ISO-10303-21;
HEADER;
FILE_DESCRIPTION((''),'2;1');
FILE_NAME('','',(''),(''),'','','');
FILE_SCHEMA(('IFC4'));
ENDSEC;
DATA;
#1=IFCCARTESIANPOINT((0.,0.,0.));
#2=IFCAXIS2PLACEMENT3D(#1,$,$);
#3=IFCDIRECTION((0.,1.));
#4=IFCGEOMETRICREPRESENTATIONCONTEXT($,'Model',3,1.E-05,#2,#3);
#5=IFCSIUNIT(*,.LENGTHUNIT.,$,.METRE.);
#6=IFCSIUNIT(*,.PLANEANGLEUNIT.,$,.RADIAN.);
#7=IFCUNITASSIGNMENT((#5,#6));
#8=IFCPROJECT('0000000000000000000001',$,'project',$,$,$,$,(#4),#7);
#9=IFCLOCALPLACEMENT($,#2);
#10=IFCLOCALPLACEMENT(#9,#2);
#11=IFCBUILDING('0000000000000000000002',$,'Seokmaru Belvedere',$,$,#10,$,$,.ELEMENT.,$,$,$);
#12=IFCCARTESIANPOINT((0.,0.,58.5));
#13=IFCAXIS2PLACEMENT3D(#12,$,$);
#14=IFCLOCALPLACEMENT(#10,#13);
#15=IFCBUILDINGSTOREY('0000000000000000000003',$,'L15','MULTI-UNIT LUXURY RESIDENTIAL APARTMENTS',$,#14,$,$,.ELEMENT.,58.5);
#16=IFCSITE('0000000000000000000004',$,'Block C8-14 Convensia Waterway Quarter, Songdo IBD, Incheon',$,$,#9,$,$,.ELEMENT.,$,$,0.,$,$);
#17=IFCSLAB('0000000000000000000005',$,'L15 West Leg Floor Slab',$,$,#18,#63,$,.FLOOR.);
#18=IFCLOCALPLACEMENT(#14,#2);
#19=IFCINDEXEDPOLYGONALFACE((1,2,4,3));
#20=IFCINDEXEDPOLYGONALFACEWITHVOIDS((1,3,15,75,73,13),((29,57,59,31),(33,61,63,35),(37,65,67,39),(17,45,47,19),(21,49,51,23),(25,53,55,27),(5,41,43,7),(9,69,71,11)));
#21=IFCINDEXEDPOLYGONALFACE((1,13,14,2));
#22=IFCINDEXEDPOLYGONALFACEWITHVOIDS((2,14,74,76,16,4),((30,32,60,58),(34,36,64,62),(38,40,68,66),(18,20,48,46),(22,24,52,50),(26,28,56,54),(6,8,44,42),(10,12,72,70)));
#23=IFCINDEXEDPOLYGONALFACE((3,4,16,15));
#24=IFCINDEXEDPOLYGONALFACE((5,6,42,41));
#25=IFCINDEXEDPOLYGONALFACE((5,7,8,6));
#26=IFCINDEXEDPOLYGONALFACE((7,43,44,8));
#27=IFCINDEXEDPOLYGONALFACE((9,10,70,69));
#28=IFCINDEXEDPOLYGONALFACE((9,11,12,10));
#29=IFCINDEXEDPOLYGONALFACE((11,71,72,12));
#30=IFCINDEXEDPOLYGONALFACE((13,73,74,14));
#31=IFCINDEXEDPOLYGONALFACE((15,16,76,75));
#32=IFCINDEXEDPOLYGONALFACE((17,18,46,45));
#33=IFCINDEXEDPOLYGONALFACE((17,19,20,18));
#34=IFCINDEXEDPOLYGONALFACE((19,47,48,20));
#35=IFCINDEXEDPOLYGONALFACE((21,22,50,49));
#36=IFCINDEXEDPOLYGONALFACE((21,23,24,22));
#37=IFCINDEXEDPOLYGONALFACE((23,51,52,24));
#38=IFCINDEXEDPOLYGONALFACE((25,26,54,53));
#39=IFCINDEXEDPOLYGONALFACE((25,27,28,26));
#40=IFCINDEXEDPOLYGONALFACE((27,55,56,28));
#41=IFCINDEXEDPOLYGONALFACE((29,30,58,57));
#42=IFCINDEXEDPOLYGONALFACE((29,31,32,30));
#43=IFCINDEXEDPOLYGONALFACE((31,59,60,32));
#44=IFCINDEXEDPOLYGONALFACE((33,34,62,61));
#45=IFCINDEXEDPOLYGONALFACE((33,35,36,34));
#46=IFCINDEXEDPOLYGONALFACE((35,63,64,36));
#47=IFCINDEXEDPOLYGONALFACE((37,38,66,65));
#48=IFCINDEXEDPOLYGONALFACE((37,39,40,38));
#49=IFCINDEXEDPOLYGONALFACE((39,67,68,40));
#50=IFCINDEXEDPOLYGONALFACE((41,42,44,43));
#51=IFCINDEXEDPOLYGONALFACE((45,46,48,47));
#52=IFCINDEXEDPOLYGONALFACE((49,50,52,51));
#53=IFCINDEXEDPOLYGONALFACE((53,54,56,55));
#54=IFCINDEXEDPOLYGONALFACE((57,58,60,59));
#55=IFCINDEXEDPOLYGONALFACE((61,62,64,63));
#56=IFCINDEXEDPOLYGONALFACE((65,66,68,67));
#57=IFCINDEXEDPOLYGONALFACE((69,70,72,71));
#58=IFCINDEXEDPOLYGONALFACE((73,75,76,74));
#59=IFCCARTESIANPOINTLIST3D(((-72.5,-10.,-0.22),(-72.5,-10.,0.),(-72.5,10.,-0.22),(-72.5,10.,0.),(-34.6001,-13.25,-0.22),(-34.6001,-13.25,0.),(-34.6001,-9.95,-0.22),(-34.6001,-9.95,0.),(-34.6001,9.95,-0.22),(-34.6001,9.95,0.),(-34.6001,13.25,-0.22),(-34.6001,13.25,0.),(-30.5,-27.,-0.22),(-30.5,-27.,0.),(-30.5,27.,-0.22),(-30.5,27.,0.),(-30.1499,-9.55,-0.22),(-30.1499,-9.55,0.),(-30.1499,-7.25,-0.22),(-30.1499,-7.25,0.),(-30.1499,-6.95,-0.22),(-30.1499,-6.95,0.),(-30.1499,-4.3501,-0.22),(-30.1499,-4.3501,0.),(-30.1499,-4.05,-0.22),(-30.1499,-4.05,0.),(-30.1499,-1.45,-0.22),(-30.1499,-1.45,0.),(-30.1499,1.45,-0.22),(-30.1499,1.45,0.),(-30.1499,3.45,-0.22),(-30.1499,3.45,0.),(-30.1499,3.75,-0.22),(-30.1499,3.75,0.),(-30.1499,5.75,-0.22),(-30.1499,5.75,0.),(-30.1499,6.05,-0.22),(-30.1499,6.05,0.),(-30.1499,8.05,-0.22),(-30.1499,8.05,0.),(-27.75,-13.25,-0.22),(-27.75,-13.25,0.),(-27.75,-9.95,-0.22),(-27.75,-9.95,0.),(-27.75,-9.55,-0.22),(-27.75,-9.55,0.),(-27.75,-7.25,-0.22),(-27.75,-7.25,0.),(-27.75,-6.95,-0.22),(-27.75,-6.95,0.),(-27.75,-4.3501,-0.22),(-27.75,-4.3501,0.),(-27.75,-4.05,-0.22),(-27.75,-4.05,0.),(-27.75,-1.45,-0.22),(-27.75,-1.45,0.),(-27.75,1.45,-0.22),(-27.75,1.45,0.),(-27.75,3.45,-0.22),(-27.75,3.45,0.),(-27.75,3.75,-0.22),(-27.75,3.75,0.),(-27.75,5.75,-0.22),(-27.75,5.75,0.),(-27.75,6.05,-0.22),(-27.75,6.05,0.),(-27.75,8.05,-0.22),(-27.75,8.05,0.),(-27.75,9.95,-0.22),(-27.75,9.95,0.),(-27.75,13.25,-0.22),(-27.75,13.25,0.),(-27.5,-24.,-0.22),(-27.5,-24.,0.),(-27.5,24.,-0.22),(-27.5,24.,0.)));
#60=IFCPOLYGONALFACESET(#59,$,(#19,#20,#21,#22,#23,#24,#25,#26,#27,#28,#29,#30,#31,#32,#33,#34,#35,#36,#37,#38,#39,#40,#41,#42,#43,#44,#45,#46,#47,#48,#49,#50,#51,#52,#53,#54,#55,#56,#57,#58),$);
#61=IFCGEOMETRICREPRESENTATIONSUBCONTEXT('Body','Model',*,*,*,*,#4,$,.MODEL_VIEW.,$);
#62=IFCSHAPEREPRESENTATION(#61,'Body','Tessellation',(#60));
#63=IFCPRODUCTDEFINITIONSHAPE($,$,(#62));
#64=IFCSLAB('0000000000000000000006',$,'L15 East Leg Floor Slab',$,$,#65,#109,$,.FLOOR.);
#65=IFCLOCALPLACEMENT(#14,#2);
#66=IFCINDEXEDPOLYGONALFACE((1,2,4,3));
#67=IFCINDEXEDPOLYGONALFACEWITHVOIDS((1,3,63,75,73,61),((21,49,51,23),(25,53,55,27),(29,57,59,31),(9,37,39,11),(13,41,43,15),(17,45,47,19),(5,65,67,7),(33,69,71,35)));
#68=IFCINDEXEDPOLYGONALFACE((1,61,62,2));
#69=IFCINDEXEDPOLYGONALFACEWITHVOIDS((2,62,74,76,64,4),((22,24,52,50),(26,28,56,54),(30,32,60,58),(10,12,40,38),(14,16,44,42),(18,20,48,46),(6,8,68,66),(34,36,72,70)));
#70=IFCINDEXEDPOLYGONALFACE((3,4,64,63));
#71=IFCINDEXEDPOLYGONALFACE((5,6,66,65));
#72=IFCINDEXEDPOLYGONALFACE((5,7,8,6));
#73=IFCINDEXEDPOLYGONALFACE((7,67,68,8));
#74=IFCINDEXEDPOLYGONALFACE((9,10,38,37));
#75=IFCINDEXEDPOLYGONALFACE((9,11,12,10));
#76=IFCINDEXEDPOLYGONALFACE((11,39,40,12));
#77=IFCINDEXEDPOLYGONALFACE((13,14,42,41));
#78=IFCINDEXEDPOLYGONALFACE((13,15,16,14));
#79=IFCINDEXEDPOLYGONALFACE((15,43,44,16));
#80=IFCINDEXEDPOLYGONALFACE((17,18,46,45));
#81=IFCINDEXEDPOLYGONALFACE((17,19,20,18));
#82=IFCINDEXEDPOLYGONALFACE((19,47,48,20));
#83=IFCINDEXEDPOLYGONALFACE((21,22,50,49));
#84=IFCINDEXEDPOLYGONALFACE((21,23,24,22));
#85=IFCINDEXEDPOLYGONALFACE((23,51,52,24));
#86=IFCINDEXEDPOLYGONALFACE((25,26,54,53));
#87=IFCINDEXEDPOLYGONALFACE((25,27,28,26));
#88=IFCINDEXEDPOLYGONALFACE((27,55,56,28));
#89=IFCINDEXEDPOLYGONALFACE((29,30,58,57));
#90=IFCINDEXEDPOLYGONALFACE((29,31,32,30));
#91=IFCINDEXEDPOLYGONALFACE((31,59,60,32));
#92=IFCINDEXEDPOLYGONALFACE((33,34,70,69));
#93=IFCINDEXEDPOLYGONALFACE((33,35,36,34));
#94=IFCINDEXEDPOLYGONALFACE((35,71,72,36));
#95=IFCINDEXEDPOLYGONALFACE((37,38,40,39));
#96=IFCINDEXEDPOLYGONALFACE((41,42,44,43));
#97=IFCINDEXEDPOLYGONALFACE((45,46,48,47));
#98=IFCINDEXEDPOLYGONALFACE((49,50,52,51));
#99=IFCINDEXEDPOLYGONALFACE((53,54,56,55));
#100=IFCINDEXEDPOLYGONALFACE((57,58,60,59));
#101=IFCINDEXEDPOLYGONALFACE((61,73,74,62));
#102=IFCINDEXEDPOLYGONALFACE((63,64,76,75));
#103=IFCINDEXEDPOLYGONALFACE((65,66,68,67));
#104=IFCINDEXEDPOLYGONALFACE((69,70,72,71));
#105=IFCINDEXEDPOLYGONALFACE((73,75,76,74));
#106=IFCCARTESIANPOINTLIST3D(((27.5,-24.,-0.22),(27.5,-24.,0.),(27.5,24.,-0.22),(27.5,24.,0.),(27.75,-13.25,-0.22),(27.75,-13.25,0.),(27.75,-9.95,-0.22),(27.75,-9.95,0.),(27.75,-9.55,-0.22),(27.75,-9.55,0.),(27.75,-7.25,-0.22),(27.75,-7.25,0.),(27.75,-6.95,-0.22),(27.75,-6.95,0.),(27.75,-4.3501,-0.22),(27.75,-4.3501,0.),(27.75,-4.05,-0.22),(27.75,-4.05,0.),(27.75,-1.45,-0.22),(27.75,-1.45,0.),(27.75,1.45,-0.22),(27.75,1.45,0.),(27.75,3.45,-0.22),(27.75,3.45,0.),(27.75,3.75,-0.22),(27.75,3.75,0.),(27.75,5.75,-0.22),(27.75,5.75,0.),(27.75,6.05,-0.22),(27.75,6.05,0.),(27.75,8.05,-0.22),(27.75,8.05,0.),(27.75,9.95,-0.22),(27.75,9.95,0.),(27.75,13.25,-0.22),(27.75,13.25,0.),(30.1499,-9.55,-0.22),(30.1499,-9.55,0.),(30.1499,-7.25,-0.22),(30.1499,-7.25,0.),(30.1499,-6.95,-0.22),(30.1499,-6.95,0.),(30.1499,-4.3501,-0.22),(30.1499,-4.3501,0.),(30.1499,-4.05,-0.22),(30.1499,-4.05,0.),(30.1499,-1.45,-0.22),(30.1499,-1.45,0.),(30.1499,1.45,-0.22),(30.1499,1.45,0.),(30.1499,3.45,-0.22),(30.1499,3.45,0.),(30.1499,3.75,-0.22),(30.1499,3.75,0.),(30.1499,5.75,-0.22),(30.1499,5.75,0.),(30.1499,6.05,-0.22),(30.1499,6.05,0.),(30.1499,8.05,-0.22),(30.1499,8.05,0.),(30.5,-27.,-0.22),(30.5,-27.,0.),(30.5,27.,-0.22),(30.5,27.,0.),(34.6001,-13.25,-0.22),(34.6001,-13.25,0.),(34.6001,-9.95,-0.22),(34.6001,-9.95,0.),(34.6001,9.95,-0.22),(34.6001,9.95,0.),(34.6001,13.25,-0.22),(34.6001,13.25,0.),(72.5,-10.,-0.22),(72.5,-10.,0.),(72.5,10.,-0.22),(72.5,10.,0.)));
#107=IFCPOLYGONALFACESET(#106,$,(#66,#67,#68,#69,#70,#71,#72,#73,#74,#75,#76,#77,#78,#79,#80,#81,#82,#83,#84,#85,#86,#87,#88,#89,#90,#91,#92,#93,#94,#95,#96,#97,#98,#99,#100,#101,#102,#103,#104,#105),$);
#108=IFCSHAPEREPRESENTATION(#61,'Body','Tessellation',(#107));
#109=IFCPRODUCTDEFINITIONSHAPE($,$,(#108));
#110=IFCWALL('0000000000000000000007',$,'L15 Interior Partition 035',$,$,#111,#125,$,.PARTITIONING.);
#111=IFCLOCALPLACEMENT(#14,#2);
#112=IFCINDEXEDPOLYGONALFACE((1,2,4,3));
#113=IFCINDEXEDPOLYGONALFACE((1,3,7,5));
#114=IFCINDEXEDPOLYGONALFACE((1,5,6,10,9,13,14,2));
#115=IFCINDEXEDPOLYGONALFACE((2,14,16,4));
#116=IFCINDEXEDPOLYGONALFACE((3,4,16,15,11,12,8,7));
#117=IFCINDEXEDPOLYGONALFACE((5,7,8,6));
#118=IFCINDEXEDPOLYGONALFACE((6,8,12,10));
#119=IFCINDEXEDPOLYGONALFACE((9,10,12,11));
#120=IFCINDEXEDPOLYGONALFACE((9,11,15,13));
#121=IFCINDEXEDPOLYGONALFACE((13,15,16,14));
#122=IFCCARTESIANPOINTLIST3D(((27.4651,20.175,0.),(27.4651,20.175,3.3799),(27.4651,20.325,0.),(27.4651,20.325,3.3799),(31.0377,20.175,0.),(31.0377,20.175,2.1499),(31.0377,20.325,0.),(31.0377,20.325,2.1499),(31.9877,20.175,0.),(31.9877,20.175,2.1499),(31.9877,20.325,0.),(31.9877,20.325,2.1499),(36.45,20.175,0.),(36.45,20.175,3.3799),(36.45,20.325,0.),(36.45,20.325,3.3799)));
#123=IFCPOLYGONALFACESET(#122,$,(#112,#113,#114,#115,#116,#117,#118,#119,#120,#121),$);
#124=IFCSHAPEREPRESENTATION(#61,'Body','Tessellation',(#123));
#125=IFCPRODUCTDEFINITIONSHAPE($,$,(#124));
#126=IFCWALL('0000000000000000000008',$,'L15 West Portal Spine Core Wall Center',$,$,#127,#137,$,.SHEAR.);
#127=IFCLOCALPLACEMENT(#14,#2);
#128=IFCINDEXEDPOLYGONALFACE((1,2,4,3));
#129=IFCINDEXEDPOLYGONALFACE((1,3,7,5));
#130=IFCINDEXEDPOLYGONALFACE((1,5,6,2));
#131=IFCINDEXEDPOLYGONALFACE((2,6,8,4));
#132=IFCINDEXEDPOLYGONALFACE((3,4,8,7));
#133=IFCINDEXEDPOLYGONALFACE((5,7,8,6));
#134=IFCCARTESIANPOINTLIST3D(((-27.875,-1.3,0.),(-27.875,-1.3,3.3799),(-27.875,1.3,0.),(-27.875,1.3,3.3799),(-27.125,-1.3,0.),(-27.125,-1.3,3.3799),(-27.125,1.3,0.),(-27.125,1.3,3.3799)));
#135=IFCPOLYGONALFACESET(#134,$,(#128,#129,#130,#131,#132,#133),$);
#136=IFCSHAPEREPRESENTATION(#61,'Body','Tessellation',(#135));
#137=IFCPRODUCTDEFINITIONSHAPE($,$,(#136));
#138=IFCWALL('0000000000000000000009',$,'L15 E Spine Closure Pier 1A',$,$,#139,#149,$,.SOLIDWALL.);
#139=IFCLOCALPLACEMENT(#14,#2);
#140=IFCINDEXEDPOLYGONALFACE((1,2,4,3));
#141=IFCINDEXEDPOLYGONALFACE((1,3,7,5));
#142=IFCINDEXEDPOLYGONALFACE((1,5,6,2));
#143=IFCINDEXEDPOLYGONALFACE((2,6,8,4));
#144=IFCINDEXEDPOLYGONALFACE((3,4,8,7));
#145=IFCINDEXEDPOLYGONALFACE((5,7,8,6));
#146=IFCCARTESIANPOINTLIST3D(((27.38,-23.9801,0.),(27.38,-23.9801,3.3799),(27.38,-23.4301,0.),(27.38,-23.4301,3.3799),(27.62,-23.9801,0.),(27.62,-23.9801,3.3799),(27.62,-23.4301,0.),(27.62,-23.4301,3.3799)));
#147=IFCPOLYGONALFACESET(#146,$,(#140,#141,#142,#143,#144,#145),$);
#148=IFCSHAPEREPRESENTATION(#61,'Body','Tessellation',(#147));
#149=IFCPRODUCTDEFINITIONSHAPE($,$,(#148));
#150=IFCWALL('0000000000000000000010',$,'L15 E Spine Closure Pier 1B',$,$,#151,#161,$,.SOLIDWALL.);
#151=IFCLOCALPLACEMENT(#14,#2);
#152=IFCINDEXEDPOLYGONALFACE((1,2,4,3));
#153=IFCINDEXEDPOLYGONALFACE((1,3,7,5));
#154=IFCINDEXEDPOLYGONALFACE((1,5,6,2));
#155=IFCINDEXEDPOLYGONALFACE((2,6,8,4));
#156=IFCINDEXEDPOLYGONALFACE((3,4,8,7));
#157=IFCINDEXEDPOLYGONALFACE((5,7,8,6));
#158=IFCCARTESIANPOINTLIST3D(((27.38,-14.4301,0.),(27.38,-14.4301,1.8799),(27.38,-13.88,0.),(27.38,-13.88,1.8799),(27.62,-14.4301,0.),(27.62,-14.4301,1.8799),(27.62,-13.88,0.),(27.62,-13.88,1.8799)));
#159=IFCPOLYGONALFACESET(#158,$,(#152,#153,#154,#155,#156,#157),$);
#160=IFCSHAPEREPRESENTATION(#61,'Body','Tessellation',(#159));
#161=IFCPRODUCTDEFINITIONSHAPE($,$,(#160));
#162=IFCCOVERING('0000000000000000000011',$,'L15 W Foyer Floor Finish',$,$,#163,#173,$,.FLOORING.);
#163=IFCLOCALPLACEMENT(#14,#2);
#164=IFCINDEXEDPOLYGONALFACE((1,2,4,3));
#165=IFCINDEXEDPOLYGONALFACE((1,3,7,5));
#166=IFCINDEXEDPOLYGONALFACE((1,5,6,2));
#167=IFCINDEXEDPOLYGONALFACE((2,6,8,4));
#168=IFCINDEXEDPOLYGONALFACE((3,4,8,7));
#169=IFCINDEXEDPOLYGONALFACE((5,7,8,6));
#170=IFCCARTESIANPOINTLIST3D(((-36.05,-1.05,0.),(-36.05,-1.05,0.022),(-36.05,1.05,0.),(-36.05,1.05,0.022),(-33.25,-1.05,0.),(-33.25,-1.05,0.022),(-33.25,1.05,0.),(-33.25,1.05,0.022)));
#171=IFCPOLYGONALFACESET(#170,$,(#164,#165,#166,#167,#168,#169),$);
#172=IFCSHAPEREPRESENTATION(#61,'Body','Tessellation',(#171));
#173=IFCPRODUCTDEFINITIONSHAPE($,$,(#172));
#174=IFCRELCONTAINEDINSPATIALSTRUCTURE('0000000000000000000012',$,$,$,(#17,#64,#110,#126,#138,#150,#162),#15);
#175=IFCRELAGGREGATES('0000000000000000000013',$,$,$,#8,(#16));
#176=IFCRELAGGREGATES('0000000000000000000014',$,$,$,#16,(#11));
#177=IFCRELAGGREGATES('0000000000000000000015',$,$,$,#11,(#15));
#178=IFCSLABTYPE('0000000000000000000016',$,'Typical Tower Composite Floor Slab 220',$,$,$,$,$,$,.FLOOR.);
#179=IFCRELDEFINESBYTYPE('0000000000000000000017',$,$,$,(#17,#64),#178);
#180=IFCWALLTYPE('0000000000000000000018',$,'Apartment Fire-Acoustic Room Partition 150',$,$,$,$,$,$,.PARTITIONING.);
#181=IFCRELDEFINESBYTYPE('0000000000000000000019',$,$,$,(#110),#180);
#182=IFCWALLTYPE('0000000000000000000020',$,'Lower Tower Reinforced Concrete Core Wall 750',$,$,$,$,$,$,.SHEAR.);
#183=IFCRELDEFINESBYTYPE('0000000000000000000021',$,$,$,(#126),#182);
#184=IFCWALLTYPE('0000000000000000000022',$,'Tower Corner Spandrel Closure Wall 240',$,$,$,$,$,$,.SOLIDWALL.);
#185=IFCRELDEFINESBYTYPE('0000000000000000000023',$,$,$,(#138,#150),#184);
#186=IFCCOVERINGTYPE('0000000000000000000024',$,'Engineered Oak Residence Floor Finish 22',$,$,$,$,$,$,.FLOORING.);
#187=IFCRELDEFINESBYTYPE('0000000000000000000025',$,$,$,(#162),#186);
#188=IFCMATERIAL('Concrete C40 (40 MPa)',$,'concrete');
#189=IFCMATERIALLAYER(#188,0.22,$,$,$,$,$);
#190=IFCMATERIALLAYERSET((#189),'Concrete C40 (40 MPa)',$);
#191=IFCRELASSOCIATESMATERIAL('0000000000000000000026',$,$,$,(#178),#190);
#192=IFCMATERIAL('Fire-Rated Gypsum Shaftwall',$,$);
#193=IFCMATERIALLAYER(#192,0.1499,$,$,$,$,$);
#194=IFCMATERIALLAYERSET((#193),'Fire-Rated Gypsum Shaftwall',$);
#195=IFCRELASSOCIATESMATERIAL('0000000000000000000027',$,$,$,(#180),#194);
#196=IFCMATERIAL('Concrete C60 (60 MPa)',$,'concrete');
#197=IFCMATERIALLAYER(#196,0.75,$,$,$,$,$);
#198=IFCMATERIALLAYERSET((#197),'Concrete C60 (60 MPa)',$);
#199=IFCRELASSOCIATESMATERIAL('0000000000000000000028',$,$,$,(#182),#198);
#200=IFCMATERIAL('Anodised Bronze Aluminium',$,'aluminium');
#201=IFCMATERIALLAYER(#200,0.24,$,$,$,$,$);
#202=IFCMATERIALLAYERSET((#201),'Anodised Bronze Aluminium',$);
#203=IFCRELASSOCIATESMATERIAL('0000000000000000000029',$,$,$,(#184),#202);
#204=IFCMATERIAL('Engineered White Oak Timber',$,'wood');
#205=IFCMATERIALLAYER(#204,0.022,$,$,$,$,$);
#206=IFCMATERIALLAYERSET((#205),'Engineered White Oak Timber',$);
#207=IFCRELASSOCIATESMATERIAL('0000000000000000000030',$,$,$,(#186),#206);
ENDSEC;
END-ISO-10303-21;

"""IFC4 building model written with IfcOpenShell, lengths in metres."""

from ifc_helpers import new_model, si_unit, direction, frame, frame_2d, origin, place, context, subcontext, project, spatial, polyline, rectangle, outline, extrude, material, layer, layer_set, type_object, element, save


model = new_model("IFC4")

# Units and contexts
model_context = context("Model", 3, precision=1e-05, world=origin(), true_north=direction((0.0, 1.0)))
body_context = subcontext(model_context, "Body", "Model", "MODEL_VIEW")
ifc_project = project(units=[si_unit("LENGTHUNIT", "METRE"), si_unit("PLANEANGLEUNIT", "RADIAN")], contexts=[model_context])

# Site, building, storey
site_placement = place(None, origin())
site = spatial("IfcSite", under=ifc_project, at=site_placement, Name="Block C8-14 Convensia Waterway Quarter, Songdo IBD, Incheon", CompositionType="ELEMENT", RefElevation=0.0)
building_placement = place(site_placement, origin())
building = spatial("IfcBuilding", under=site, at=building_placement, Name="Seokmaru Belvedere", CompositionType="ELEMENT")
storey_placement = place(building_placement, frame((0.0, 0.0, 58.5)))
storey = spatial("IfcBuildingStorey", under=building, at=storey_placement, Name="L15", Description="MULTI-UNIT LUXURY RESIDENTIAL APARTMENTS", CompositionType="ELEMENT", Elevation=58.5)

# Shared definitions
ifc_material_1 = material(Name="Anodised Bronze Aluminium", Category="aluminium")

# Shared definitions
ifc_material_2 = material(Name="Concrete C40 (40 MPa)", Category="concrete")

# Slabs
ifc_layer_1 = layer(ifc_material_2, 0.22)
ifc_layer_set_1 = layer_set([ifc_layer_1], Name="Concrete C40 (40 MPa)")
slab_type_1 = type_object("IfcSlabType", Name="Typical Tower Composite Floor Slab 220", PredefinedType="FLOOR", material=ifc_layer_set_1)
slab_1_placement = place(storey_placement, frame((0.0, 0.0, -0.22)))
element("IfcSlab", 1, at=slab_1_placement, inside=storey, type_object=slab_type_1, Name="L15 West Leg Floor Slab", PredefinedType="FLOOR", context=body_context, shape_type="SweptSolid", body=[
    extrude(outline(polyline([(-27.5, -24.0), (-27.5, 24.0), (-30.5, 27.0), (-72.5, 10.0), (-72.5, -10.0), (-30.5, -27.0), (-27.5, -24.0)]), holes=[polyline([(-34.6001, -13.25), (-27.75, -13.25), (-27.75, -9.95), (-34.6001, -9.95), (-34.6001, -13.25)]), polyline([(-34.6001, 9.95), (-27.75, 9.95), (-27.75, 13.25), (-34.6001, 13.25), (-34.6001, 9.95)]), polyline([(-30.1499, -9.55), (-27.75, -9.55), (-27.75, -7.25), (-30.1499, -7.25), (-30.1499, -9.55)]), polyline([(-30.1499, -6.95), (-27.75, -6.95), (-27.75, -4.3501), (-30.1499, -4.3501), (-30.1499, -6.95)]), polyline([(-30.1499, -4.05), (-27.75, -4.05), (-27.75, -1.45), (-30.1499, -1.45), (-30.1499, -4.05)]), polyline([(-30.1499, 1.45), (-27.75, 1.45), (-27.75, 3.45), (-30.1499, 3.45), (-30.1499, 1.45)]), polyline([(-30.1499, 3.75), (-27.75, 3.75), (-27.75, 5.75), (-30.1499, 5.75), (-30.1499, 3.75)]), polyline([(-30.1499, 6.05), (-27.75, 6.05), (-27.75, 8.05), (-30.1499, 8.05), (-30.1499, 6.05)])]), origin(), (0.0, 0.0, 1.0), 0.22),
])
slab_2_placement = place(storey_placement, frame((0.0, 0.0, -0.22)))
element("IfcSlab", 2, at=slab_2_placement, inside=storey, type_object=slab_type_1, Name="L15 East Leg Floor Slab", PredefinedType="FLOOR", context=body_context, shape_type="SweptSolid", body=[
    extrude(outline(polyline([(30.5, -27.0), (72.5, -10.0), (72.5, 10.0), (30.5, 27.0), (27.5, 24.0), (27.5, -24.0), (30.5, -27.0)]), holes=[polyline([(27.75, -13.25), (34.6001, -13.25), (34.6001, -9.95), (27.75, -9.95), (27.75, -13.25)]), polyline([(27.75, 9.95), (34.6001, 9.95), (34.6001, 13.25), (27.75, 13.25), (27.75, 9.95)]), polyline([(27.75, -9.55), (30.1499, -9.55), (30.1499, -7.25), (27.75, -7.25), (27.75, -9.55)]), polyline([(27.75, -6.95), (30.1499, -6.95), (30.1499, -4.3501), (27.75, -4.3501), (27.75, -6.95)]), polyline([(27.75, -4.05), (30.1499, -4.05), (30.1499, -1.45), (27.75, -1.45), (27.75, -4.05)]), polyline([(27.75, 1.45), (30.1499, 1.45), (30.1499, 3.45), (27.75, 3.45), (27.75, 1.45)]), polyline([(27.75, 3.75), (30.1499, 3.75), (30.1499, 5.75), (27.75, 5.75), (27.75, 3.75)]), polyline([(27.75, 6.05), (30.1499, 6.05), (30.1499, 8.05), (27.75, 8.05), (27.75, 6.05)])]), origin(), (0.0, 0.0, 1.0), 0.22),
])

# Wall, opening
ifc_material_3 = material(Name="Fire-Rated Gypsum Shaftwall")
ifc_layer_2 = layer(ifc_material_3, 0.1499)
ifc_layer_set_2 = layer_set([ifc_layer_2], Name="Fire-Rated Gypsum Shaftwall")
wall_type_1 = type_object("IfcWallType", Name="Apartment Fire-Acoustic Room Partition 150", PredefinedType="PARTITIONING", material=ifc_layer_set_2)
wall_1_placement = place(storey_placement, frame((27.4651, 20.25, 0.0), z_axis=(0.0, 0.0, 1.0), x_axis=(1.0, 0.0, 0.0)))
wall_1 = element("IfcWall", 3, at=wall_1_placement, inside=storey, type_object=wall_type_1, Name="L15 Interior Partition 035", PredefinedType="PARTITIONING", context=body_context, shape_type="SweptSolid", body=[
    extrude(rectangle(XDim=8.9849, YDim=0.1499, at=frame_2d((4.4924, 0.0))), origin(), (0.0, 0.0, 1.0), 3.3799),
])
opening_placement = place(wall_1_placement, frame((3.5725, 0.0, 0.0)))
element("IfcOpeningElement", 4, at=opening_placement, cuts=wall_1, PredefinedType="OPENING", context=body_context, shape_type="SweptSolid", body=[
    extrude(rectangle(XDim=0.95, YDim=2.1499, at=frame_2d((0.4751, 1.075))), frame((0.0, 0.085, 0.0), z_axis=(0.0, -1.0, 0.0), x_axis=(1.0, 0.0, 0.0)), (0.0, 0.0, 1.0), 0.1699),
])

# Walls
ifc_material_4 = material(Name="Concrete C60 (60 MPa)", Category="concrete")
ifc_layer_3 = layer(ifc_material_4, 0.75)
ifc_layer_set_3 = layer_set([ifc_layer_3], Name="Concrete C60 (60 MPa)")
wall_type_2 = type_object("IfcWallType", Name="Lower Tower Reinforced Concrete Core Wall 750", PredefinedType="SHEAR", material=ifc_layer_set_3)
wall_2_placement = place(storey_placement, frame((-27.5, -1.3, 0.0), z_axis=(0.0, 0.0, 1.0), x_axis=(0.0, 1.0, 0.0)))
element("IfcWall", 5, at=wall_2_placement, inside=storey, type_object=wall_type_2, Name="L15 West Portal Spine Core Wall Center", PredefinedType="SHEAR", context=body_context, shape_type="SweptSolid", body=[
    extrude(rectangle(XDim=2.6001, YDim=0.75, at=frame_2d((1.3, 0.0))), origin(), (0.0, 0.0, 1.0), 3.3799),
])
ifc_layer_4 = layer(ifc_material_1, 0.24)
ifc_layer_set_4 = layer_set([ifc_layer_4], Name="Anodised Bronze Aluminium")
wall_type_3 = type_object("IfcWallType", Name="Tower Corner Spandrel Closure Wall 240", PredefinedType="SOLIDWALL", material=ifc_layer_set_4)
wall_3_placement = place(storey_placement, frame((27.5, -23.98, 0.0), z_axis=(0.0, 0.0, 1.0), x_axis=(0.0, 1.0, 0.0)))
element("IfcWall", 6, at=wall_3_placement, inside=storey, type_object=wall_type_3, Name="L15 E Spine Closure Pier 1A", PredefinedType="SOLIDWALL", context=body_context, shape_type="SweptSolid", body=[
    extrude(rectangle(XDim=0.55, YDim=0.24, at=frame_2d((0.2749, 0.0))), origin(), (0.0, 0.0, 1.0), 3.3799),
])
wall_4_placement = place(storey_placement, frame((27.5, -14.4299, 0.0), z_axis=(0.0, 0.0, 1.0), x_axis=(0.0, 1.0, 0.0)))
element("IfcWall", 7, at=wall_4_placement, inside=storey, type_object=wall_type_3, Name="L15 E Spine Closure Pier 1B", PredefinedType="SOLIDWALL", context=body_context, shape_type="SweptSolid", body=[
    extrude(rectangle(XDim=0.55, YDim=0.24, at=frame_2d((0.2749, 0.0))), origin(), (0.0, 0.0, 1.0), 1.8799),
])

# Covering
ifc_material_5 = material(Name="Engineered White Oak Timber", Category="wood")
ifc_layer_5 = layer(ifc_material_5, 0.022)
ifc_layer_set_5 = layer_set([ifc_layer_5], Name="Engineered White Oak Timber")
covering_type_1 = type_object("IfcCoveringType", Name="Engineered Oak Residence Floor Finish 22", PredefinedType="FLOORING", material=ifc_layer_set_5)
covering_1_placement = place(storey_placement, origin())
element("IfcCovering", 8, at=covering_1_placement, inside=storey, type_object=covering_type_1, Name="L15 W Foyer Floor Finish", PredefinedType="FLOORING", context=body_context, shape_type="SweptSolid", body=[
    extrude(outline(polyline([(-36.05, -1.05), (-33.25, -1.05), (-33.25, 1.05), (-36.05, 1.05), (-36.05, -1.05)])), origin(), (0.0, 0.0, 1.0), 0.022),
])

save(model, "model.ifc")
